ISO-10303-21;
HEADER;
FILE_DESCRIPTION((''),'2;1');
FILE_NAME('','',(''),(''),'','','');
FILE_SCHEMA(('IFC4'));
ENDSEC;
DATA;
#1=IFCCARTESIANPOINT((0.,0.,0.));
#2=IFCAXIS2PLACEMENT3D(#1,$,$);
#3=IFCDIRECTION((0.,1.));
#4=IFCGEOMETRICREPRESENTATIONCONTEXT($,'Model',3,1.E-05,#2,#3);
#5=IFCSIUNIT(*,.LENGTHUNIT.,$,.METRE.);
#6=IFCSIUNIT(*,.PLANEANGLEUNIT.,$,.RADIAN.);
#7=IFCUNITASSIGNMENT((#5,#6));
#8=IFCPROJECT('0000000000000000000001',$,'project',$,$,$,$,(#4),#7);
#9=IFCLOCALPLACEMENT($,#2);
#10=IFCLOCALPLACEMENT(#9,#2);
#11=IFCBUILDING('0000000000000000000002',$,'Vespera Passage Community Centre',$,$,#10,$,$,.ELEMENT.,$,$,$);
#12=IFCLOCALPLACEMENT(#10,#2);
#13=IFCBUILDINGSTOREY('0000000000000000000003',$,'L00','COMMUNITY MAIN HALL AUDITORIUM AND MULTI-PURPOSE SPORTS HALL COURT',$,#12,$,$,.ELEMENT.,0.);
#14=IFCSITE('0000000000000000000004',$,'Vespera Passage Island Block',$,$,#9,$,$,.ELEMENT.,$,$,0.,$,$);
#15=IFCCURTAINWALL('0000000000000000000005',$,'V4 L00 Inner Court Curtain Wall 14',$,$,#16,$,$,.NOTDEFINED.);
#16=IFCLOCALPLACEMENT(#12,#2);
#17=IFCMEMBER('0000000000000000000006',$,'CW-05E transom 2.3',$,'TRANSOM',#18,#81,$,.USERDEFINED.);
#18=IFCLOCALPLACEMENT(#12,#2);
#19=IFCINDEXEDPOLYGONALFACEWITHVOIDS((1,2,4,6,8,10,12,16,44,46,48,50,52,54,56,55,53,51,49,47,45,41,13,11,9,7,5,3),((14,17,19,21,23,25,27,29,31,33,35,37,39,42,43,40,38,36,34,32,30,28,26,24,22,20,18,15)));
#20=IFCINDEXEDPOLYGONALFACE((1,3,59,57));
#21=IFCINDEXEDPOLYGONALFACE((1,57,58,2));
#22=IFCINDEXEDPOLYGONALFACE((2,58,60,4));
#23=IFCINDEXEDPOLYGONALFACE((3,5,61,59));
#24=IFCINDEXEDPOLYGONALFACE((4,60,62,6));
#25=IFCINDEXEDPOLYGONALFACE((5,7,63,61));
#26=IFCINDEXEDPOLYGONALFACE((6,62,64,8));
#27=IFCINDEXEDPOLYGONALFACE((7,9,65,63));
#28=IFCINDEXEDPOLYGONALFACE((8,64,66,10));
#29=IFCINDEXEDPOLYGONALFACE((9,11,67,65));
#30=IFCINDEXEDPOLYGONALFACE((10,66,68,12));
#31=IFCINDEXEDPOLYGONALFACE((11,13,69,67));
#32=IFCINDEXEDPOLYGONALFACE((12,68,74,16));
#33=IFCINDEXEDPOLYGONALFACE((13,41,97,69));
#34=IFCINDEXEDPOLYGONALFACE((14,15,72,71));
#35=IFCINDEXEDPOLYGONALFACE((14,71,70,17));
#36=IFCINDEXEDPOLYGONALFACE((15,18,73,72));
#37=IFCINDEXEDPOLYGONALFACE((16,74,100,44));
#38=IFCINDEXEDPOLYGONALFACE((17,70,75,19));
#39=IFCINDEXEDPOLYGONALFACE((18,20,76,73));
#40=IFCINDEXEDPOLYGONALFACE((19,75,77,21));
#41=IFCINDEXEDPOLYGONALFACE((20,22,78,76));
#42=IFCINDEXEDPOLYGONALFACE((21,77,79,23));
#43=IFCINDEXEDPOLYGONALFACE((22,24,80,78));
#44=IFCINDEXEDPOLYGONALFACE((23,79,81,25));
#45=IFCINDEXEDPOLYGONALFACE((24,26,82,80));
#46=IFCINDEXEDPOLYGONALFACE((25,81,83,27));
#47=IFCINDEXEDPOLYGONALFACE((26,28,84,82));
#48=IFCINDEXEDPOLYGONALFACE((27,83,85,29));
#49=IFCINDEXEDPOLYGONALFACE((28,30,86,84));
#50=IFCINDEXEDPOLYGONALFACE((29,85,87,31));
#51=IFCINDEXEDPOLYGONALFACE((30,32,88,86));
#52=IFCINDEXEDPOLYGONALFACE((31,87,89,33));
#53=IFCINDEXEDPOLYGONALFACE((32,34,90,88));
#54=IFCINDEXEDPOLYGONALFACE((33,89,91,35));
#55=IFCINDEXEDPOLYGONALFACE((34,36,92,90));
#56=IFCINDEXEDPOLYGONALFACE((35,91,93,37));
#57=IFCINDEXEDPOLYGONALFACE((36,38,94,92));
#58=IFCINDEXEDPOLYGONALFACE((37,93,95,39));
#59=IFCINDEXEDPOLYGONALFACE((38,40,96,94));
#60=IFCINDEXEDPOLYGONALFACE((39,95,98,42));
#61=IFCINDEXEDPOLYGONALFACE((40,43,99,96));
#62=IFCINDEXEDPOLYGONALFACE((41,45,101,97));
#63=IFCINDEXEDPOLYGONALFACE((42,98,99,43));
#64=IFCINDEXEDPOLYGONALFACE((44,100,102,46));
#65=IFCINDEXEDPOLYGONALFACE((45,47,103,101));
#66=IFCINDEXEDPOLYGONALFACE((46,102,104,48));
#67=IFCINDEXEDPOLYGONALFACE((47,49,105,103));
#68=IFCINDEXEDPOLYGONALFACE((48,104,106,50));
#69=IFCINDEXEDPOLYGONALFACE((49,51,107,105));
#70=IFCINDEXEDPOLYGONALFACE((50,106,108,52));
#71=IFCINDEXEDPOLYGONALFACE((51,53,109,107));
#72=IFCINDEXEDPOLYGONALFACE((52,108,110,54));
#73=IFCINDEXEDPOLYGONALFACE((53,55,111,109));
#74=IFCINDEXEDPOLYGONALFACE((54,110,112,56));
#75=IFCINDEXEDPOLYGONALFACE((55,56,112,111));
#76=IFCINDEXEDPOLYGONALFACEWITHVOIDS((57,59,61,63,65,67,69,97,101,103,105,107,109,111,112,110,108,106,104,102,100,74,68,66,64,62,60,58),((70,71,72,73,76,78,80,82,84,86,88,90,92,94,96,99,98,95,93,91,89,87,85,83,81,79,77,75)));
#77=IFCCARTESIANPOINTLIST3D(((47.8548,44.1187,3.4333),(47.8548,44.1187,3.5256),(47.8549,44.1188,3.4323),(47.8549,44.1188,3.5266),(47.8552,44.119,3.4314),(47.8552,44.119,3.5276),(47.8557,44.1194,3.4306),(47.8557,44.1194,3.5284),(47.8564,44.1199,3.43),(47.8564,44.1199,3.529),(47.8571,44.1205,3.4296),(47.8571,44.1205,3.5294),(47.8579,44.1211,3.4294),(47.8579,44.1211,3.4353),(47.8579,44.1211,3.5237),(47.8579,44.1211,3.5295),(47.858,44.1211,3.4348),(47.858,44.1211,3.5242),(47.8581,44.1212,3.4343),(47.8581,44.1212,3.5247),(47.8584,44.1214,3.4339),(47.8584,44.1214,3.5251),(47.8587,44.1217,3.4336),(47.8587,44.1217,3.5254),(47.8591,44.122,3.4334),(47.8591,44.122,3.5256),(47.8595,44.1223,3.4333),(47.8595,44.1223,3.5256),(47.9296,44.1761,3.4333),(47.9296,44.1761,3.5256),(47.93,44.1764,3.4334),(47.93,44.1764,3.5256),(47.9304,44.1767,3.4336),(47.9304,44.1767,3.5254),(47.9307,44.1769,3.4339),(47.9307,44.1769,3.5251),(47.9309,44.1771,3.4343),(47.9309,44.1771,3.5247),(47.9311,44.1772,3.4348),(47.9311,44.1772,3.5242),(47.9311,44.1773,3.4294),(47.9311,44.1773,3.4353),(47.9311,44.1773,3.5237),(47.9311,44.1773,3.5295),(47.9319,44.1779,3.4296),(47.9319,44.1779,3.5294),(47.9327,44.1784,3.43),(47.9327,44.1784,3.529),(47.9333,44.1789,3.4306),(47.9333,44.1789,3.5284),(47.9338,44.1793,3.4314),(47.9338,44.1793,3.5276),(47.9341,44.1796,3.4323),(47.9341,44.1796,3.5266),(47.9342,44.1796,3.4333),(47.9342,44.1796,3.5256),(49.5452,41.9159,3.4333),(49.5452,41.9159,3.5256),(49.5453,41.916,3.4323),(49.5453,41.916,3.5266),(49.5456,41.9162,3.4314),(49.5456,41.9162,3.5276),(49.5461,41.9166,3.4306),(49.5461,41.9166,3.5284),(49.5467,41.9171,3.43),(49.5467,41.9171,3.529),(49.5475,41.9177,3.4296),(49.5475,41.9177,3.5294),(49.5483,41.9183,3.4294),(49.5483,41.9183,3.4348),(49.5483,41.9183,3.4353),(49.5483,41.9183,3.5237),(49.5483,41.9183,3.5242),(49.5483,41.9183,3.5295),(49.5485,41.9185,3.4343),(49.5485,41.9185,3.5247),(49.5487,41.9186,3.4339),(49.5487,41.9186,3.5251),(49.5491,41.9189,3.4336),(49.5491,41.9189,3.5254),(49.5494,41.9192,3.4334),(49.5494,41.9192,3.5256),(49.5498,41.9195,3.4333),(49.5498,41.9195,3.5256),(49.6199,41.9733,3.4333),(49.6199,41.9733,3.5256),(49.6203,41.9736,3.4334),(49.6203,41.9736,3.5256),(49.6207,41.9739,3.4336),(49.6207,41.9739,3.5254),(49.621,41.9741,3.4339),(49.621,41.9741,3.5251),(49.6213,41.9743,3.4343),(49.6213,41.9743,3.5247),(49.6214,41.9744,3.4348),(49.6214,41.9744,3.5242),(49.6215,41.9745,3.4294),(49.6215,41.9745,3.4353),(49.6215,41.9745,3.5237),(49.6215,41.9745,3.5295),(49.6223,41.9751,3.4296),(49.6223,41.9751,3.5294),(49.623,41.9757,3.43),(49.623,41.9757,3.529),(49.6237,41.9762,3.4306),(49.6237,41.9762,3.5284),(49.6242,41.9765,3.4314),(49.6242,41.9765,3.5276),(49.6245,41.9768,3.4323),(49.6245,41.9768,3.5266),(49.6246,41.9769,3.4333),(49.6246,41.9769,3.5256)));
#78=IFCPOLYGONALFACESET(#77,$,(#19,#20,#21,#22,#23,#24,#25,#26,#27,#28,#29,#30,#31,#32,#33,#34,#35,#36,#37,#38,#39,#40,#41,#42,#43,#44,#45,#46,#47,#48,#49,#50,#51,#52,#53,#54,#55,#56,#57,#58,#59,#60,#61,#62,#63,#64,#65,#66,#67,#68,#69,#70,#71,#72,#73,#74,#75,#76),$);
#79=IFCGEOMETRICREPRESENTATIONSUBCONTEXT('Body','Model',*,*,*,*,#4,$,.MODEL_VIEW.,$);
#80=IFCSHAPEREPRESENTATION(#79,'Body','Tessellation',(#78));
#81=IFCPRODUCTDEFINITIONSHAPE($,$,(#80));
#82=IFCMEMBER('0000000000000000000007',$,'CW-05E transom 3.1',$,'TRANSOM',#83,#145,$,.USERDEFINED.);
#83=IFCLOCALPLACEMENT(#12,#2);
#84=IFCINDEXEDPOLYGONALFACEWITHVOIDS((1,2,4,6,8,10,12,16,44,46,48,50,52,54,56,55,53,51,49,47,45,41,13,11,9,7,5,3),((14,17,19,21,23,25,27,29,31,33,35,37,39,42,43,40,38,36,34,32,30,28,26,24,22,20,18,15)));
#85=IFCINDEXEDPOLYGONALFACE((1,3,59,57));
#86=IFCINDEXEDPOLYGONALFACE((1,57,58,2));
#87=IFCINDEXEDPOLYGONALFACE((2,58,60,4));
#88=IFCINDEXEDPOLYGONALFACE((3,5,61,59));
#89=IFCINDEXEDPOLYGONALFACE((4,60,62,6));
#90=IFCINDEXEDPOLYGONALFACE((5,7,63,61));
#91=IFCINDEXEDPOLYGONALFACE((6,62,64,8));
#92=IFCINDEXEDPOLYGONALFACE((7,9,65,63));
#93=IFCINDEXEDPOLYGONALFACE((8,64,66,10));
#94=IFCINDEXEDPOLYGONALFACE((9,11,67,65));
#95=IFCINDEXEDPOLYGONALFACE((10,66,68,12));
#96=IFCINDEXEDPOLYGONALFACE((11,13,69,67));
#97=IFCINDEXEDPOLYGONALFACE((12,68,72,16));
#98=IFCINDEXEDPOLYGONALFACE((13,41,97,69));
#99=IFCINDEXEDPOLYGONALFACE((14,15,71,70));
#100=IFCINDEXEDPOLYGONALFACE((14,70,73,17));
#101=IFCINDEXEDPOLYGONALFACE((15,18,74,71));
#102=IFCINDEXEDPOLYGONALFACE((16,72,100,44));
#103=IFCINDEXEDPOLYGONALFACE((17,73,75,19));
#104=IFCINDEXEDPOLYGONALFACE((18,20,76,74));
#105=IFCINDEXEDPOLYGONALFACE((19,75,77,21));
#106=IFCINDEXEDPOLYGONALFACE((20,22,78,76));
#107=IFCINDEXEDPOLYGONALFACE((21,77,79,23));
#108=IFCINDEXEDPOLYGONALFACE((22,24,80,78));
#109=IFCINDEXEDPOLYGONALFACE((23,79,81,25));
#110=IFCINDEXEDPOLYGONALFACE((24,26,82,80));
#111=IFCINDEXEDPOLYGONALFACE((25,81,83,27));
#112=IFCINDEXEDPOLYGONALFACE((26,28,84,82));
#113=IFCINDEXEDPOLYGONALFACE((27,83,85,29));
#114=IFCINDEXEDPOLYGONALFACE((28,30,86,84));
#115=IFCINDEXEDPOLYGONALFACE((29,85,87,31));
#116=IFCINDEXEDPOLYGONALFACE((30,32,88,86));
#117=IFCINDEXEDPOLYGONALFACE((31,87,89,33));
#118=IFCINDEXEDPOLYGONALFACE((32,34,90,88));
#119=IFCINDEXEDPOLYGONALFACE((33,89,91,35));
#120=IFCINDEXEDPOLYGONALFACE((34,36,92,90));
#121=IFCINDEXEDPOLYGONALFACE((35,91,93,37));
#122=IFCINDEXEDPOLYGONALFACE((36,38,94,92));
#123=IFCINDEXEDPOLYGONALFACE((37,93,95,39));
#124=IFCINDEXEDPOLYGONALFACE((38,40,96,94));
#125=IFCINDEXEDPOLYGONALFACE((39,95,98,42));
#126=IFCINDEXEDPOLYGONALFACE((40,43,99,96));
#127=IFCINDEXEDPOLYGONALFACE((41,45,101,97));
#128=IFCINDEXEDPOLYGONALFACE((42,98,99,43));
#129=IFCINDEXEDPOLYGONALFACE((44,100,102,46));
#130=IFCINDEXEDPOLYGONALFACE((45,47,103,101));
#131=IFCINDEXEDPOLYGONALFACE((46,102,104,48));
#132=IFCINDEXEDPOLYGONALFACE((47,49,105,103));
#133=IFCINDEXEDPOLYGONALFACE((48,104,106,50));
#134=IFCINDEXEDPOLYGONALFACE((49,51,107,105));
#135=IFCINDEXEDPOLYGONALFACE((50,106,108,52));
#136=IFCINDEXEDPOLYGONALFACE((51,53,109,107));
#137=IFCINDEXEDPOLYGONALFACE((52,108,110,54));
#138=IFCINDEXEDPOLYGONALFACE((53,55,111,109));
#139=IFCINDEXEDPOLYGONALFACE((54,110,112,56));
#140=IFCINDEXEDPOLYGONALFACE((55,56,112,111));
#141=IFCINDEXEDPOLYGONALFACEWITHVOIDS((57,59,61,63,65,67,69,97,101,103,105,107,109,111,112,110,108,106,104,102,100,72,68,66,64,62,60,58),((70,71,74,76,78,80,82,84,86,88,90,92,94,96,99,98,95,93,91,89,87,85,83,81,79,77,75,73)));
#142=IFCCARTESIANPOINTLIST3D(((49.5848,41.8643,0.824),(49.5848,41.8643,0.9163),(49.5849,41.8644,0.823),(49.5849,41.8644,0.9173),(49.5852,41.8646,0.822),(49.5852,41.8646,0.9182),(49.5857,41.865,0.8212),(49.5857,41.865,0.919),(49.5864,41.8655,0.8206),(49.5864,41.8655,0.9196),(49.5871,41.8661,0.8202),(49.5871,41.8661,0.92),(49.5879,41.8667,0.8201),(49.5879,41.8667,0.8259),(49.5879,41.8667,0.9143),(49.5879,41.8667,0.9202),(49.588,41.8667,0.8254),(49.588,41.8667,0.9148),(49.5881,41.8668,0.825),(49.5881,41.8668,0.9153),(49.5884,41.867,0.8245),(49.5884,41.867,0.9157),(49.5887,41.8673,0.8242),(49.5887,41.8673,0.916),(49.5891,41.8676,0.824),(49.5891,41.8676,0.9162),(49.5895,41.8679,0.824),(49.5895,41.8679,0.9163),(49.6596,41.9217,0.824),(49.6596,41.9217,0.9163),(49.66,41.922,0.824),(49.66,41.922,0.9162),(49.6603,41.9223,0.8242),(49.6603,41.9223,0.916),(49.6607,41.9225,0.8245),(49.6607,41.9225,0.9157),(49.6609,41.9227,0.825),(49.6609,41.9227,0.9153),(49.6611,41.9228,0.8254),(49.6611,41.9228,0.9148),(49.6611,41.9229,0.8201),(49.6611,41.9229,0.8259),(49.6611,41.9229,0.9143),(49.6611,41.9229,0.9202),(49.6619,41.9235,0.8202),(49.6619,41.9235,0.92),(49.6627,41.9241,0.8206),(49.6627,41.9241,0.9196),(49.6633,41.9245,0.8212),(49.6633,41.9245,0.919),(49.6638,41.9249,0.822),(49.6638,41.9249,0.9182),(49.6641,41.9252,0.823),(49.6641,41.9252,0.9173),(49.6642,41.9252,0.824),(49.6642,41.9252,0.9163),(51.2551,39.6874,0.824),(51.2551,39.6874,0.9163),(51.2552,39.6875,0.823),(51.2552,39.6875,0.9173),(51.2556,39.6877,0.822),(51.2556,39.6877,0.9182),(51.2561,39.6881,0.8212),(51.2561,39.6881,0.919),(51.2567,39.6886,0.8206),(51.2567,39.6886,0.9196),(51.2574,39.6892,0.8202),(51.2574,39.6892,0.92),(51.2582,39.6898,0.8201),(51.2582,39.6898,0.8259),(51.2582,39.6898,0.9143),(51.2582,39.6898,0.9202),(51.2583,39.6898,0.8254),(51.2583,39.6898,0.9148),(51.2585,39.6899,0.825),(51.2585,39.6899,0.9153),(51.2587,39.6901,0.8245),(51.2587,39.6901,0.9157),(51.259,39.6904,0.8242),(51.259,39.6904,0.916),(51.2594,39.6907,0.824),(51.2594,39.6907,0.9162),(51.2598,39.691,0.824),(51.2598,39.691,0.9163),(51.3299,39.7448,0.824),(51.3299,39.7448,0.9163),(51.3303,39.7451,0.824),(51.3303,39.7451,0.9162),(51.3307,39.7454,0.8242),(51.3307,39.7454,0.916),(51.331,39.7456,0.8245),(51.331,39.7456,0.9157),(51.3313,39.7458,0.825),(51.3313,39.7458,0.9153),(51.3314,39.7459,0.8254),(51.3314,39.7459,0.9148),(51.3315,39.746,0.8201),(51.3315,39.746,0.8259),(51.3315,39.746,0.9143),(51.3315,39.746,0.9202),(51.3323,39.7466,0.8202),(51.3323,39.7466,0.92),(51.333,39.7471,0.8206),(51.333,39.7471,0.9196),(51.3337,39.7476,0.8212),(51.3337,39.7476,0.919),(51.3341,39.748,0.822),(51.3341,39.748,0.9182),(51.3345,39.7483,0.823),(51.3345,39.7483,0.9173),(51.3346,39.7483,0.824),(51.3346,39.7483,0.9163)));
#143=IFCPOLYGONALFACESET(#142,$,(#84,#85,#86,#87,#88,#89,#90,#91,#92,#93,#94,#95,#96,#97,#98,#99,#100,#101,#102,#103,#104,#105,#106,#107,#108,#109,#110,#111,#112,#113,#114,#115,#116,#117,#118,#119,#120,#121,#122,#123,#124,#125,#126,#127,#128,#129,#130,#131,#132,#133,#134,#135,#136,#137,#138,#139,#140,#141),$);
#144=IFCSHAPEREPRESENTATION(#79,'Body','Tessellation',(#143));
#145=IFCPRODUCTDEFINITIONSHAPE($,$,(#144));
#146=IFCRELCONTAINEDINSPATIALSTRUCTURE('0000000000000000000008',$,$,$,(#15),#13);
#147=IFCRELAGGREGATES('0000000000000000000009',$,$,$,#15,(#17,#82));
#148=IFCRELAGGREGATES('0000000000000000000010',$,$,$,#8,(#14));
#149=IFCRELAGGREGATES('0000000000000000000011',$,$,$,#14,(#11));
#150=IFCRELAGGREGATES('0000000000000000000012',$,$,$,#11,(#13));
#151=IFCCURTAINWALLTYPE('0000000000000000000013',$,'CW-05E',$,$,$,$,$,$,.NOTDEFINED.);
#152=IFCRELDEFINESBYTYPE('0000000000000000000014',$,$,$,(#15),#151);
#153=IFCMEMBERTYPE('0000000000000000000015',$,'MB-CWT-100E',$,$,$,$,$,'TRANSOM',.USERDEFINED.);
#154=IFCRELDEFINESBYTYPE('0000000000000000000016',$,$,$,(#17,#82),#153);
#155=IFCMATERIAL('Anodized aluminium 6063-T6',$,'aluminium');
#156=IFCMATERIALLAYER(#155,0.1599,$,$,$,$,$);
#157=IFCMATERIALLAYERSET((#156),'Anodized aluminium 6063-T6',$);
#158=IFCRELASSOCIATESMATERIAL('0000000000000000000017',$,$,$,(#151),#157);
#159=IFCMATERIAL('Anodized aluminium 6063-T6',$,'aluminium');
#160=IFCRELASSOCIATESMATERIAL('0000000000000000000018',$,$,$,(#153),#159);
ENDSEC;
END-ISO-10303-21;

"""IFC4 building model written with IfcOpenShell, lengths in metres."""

from ifc_helpers import new_model, si_unit, direction, frame, origin, origin_2d, place, context, subcontext, project, spatial, hollow_rectangle, extrude, material, layer, layer_set, material_profile, profile_set, type_object, element, aggregate, save


model = new_model("IFC4")

# Units and contexts
model_context = context("Model", 3, precision=1e-05, world=origin(), true_north=direction((0.0, 1.0)))
body_context = subcontext(model_context, "Body", "Model", "MODEL_VIEW")
ifc_project = project(units=[si_unit("LENGTHUNIT", "METRE"), si_unit("PLANEANGLEUNIT", "RADIAN")], contexts=[model_context])

# Site, building, storey
site_placement = place(None, origin())
site = spatial("IfcSite", under=ifc_project, at=site_placement, Name="Vespera Passage Island Block", CompositionType="ELEMENT", RefElevation=0.0)
building_placement = place(site_placement, origin())
building = spatial("IfcBuilding", under=site, at=building_placement, Name="Vespera Passage Community Centre", CompositionType="ELEMENT")
storey_placement = place(building_placement, origin())
storey = spatial("IfcBuildingStorey", under=building, at=storey_placement, Name="L00", Description="COMMUNITY MAIN HALL AUDITORIUM AND MULTI-PURPOSE SPORTS HALL COURT", CompositionType="ELEMENT", Elevation=0.0)

# Curtain wall, members
ifc_material_1 = material(Name="Anodized aluminium 6063-T6", Category="aluminium")
ifc_layer_1 = layer(ifc_material_1, 0.1599)
ifc_layer_set_1 = layer_set([ifc_layer_1], Name="Anodized aluminium 6063-T6")
curtain_wall_type = type_object("IfcCurtainWallType", Name="CW-05E", PredefinedType="NOTDEFINED", material=ifc_layer_set_1)
curtain_wall_placement = place(storey_placement, origin())
curtain_wall = element("IfcCurtainWall", 1, at=curtain_wall_placement, inside=storey, type_object=curtain_wall_type, Name="V4 L00 Inner Court Curtain Wall 14", PredefinedType="NOTDEFINED")
ifc_material_2 = material(Name="Anodized aluminium 6063-T6", Category="aluminium")
ifc_material_profile_1 = material_profile(ifc_material_2, hollow_rectangle(XDim=0.1001, YDim=0.1001, WallThickness=0.0039, InnerFilletRadius=0.002, OuterFilletRadius=0.0039, at=origin_2d()), Name="ALU100X100X4")
ifc_profile_set_1 = profile_set([ifc_material_profile_1], Name="Anodized aluminium 6063-T6")
member_type_1 = type_object("IfcMemberType", Name="MB-CWT-100E", ElementType="TRANSOM", PredefinedType="USERDEFINED", material=ifc_profile_set_1)
member_1_placement = place(storey_placement, frame((47.8945, 44.1492, 3.4795), z_axis=(0.608784, -0.793336, 0.0), x_axis=(0.793336, 0.608784, 0.0)))
member_1 = element("IfcMember", 2, at=member_1_placement, type_object=member_type_1, Name="CW-05E transom 2.3", ObjectType="TRANSOM", PredefinedType="USERDEFINED", context=body_context, shape_type="SweptSolid", body=[
    extrude(hollow_rectangle(XDim=0.1001, YDim=0.1001, WallThickness=0.0039, InnerFilletRadius=0.002, OuterFilletRadius=0.0039, at=origin_2d()), origin(), (0.0, 0.0, 1.0), 2.7766),
])
member_2_placement = place(storey_placement, frame((49.6245, 41.8948, 0.8701), z_axis=(0.608747, -0.793364, 0.0), x_axis=(0.793364, 0.608747, 0.0)))
member_2 = element("IfcMember", 3, at=member_2_placement, type_object=member_type_1, Name="CW-05E transom 3.1", ObjectType="TRANSOM", PredefinedType="USERDEFINED", context=body_context, shape_type="SweptSolid", body=[
    extrude(hollow_rectangle(XDim=0.1001, YDim=0.1001, WallThickness=0.0039, InnerFilletRadius=0.002, OuterFilletRadius=0.0039, at=origin_2d()), origin(), (0.0, 0.0, 1.0), 2.7439),
])
aggregate(curtain_wall, [member_1, member_2])

save(model, "model.ifc")
